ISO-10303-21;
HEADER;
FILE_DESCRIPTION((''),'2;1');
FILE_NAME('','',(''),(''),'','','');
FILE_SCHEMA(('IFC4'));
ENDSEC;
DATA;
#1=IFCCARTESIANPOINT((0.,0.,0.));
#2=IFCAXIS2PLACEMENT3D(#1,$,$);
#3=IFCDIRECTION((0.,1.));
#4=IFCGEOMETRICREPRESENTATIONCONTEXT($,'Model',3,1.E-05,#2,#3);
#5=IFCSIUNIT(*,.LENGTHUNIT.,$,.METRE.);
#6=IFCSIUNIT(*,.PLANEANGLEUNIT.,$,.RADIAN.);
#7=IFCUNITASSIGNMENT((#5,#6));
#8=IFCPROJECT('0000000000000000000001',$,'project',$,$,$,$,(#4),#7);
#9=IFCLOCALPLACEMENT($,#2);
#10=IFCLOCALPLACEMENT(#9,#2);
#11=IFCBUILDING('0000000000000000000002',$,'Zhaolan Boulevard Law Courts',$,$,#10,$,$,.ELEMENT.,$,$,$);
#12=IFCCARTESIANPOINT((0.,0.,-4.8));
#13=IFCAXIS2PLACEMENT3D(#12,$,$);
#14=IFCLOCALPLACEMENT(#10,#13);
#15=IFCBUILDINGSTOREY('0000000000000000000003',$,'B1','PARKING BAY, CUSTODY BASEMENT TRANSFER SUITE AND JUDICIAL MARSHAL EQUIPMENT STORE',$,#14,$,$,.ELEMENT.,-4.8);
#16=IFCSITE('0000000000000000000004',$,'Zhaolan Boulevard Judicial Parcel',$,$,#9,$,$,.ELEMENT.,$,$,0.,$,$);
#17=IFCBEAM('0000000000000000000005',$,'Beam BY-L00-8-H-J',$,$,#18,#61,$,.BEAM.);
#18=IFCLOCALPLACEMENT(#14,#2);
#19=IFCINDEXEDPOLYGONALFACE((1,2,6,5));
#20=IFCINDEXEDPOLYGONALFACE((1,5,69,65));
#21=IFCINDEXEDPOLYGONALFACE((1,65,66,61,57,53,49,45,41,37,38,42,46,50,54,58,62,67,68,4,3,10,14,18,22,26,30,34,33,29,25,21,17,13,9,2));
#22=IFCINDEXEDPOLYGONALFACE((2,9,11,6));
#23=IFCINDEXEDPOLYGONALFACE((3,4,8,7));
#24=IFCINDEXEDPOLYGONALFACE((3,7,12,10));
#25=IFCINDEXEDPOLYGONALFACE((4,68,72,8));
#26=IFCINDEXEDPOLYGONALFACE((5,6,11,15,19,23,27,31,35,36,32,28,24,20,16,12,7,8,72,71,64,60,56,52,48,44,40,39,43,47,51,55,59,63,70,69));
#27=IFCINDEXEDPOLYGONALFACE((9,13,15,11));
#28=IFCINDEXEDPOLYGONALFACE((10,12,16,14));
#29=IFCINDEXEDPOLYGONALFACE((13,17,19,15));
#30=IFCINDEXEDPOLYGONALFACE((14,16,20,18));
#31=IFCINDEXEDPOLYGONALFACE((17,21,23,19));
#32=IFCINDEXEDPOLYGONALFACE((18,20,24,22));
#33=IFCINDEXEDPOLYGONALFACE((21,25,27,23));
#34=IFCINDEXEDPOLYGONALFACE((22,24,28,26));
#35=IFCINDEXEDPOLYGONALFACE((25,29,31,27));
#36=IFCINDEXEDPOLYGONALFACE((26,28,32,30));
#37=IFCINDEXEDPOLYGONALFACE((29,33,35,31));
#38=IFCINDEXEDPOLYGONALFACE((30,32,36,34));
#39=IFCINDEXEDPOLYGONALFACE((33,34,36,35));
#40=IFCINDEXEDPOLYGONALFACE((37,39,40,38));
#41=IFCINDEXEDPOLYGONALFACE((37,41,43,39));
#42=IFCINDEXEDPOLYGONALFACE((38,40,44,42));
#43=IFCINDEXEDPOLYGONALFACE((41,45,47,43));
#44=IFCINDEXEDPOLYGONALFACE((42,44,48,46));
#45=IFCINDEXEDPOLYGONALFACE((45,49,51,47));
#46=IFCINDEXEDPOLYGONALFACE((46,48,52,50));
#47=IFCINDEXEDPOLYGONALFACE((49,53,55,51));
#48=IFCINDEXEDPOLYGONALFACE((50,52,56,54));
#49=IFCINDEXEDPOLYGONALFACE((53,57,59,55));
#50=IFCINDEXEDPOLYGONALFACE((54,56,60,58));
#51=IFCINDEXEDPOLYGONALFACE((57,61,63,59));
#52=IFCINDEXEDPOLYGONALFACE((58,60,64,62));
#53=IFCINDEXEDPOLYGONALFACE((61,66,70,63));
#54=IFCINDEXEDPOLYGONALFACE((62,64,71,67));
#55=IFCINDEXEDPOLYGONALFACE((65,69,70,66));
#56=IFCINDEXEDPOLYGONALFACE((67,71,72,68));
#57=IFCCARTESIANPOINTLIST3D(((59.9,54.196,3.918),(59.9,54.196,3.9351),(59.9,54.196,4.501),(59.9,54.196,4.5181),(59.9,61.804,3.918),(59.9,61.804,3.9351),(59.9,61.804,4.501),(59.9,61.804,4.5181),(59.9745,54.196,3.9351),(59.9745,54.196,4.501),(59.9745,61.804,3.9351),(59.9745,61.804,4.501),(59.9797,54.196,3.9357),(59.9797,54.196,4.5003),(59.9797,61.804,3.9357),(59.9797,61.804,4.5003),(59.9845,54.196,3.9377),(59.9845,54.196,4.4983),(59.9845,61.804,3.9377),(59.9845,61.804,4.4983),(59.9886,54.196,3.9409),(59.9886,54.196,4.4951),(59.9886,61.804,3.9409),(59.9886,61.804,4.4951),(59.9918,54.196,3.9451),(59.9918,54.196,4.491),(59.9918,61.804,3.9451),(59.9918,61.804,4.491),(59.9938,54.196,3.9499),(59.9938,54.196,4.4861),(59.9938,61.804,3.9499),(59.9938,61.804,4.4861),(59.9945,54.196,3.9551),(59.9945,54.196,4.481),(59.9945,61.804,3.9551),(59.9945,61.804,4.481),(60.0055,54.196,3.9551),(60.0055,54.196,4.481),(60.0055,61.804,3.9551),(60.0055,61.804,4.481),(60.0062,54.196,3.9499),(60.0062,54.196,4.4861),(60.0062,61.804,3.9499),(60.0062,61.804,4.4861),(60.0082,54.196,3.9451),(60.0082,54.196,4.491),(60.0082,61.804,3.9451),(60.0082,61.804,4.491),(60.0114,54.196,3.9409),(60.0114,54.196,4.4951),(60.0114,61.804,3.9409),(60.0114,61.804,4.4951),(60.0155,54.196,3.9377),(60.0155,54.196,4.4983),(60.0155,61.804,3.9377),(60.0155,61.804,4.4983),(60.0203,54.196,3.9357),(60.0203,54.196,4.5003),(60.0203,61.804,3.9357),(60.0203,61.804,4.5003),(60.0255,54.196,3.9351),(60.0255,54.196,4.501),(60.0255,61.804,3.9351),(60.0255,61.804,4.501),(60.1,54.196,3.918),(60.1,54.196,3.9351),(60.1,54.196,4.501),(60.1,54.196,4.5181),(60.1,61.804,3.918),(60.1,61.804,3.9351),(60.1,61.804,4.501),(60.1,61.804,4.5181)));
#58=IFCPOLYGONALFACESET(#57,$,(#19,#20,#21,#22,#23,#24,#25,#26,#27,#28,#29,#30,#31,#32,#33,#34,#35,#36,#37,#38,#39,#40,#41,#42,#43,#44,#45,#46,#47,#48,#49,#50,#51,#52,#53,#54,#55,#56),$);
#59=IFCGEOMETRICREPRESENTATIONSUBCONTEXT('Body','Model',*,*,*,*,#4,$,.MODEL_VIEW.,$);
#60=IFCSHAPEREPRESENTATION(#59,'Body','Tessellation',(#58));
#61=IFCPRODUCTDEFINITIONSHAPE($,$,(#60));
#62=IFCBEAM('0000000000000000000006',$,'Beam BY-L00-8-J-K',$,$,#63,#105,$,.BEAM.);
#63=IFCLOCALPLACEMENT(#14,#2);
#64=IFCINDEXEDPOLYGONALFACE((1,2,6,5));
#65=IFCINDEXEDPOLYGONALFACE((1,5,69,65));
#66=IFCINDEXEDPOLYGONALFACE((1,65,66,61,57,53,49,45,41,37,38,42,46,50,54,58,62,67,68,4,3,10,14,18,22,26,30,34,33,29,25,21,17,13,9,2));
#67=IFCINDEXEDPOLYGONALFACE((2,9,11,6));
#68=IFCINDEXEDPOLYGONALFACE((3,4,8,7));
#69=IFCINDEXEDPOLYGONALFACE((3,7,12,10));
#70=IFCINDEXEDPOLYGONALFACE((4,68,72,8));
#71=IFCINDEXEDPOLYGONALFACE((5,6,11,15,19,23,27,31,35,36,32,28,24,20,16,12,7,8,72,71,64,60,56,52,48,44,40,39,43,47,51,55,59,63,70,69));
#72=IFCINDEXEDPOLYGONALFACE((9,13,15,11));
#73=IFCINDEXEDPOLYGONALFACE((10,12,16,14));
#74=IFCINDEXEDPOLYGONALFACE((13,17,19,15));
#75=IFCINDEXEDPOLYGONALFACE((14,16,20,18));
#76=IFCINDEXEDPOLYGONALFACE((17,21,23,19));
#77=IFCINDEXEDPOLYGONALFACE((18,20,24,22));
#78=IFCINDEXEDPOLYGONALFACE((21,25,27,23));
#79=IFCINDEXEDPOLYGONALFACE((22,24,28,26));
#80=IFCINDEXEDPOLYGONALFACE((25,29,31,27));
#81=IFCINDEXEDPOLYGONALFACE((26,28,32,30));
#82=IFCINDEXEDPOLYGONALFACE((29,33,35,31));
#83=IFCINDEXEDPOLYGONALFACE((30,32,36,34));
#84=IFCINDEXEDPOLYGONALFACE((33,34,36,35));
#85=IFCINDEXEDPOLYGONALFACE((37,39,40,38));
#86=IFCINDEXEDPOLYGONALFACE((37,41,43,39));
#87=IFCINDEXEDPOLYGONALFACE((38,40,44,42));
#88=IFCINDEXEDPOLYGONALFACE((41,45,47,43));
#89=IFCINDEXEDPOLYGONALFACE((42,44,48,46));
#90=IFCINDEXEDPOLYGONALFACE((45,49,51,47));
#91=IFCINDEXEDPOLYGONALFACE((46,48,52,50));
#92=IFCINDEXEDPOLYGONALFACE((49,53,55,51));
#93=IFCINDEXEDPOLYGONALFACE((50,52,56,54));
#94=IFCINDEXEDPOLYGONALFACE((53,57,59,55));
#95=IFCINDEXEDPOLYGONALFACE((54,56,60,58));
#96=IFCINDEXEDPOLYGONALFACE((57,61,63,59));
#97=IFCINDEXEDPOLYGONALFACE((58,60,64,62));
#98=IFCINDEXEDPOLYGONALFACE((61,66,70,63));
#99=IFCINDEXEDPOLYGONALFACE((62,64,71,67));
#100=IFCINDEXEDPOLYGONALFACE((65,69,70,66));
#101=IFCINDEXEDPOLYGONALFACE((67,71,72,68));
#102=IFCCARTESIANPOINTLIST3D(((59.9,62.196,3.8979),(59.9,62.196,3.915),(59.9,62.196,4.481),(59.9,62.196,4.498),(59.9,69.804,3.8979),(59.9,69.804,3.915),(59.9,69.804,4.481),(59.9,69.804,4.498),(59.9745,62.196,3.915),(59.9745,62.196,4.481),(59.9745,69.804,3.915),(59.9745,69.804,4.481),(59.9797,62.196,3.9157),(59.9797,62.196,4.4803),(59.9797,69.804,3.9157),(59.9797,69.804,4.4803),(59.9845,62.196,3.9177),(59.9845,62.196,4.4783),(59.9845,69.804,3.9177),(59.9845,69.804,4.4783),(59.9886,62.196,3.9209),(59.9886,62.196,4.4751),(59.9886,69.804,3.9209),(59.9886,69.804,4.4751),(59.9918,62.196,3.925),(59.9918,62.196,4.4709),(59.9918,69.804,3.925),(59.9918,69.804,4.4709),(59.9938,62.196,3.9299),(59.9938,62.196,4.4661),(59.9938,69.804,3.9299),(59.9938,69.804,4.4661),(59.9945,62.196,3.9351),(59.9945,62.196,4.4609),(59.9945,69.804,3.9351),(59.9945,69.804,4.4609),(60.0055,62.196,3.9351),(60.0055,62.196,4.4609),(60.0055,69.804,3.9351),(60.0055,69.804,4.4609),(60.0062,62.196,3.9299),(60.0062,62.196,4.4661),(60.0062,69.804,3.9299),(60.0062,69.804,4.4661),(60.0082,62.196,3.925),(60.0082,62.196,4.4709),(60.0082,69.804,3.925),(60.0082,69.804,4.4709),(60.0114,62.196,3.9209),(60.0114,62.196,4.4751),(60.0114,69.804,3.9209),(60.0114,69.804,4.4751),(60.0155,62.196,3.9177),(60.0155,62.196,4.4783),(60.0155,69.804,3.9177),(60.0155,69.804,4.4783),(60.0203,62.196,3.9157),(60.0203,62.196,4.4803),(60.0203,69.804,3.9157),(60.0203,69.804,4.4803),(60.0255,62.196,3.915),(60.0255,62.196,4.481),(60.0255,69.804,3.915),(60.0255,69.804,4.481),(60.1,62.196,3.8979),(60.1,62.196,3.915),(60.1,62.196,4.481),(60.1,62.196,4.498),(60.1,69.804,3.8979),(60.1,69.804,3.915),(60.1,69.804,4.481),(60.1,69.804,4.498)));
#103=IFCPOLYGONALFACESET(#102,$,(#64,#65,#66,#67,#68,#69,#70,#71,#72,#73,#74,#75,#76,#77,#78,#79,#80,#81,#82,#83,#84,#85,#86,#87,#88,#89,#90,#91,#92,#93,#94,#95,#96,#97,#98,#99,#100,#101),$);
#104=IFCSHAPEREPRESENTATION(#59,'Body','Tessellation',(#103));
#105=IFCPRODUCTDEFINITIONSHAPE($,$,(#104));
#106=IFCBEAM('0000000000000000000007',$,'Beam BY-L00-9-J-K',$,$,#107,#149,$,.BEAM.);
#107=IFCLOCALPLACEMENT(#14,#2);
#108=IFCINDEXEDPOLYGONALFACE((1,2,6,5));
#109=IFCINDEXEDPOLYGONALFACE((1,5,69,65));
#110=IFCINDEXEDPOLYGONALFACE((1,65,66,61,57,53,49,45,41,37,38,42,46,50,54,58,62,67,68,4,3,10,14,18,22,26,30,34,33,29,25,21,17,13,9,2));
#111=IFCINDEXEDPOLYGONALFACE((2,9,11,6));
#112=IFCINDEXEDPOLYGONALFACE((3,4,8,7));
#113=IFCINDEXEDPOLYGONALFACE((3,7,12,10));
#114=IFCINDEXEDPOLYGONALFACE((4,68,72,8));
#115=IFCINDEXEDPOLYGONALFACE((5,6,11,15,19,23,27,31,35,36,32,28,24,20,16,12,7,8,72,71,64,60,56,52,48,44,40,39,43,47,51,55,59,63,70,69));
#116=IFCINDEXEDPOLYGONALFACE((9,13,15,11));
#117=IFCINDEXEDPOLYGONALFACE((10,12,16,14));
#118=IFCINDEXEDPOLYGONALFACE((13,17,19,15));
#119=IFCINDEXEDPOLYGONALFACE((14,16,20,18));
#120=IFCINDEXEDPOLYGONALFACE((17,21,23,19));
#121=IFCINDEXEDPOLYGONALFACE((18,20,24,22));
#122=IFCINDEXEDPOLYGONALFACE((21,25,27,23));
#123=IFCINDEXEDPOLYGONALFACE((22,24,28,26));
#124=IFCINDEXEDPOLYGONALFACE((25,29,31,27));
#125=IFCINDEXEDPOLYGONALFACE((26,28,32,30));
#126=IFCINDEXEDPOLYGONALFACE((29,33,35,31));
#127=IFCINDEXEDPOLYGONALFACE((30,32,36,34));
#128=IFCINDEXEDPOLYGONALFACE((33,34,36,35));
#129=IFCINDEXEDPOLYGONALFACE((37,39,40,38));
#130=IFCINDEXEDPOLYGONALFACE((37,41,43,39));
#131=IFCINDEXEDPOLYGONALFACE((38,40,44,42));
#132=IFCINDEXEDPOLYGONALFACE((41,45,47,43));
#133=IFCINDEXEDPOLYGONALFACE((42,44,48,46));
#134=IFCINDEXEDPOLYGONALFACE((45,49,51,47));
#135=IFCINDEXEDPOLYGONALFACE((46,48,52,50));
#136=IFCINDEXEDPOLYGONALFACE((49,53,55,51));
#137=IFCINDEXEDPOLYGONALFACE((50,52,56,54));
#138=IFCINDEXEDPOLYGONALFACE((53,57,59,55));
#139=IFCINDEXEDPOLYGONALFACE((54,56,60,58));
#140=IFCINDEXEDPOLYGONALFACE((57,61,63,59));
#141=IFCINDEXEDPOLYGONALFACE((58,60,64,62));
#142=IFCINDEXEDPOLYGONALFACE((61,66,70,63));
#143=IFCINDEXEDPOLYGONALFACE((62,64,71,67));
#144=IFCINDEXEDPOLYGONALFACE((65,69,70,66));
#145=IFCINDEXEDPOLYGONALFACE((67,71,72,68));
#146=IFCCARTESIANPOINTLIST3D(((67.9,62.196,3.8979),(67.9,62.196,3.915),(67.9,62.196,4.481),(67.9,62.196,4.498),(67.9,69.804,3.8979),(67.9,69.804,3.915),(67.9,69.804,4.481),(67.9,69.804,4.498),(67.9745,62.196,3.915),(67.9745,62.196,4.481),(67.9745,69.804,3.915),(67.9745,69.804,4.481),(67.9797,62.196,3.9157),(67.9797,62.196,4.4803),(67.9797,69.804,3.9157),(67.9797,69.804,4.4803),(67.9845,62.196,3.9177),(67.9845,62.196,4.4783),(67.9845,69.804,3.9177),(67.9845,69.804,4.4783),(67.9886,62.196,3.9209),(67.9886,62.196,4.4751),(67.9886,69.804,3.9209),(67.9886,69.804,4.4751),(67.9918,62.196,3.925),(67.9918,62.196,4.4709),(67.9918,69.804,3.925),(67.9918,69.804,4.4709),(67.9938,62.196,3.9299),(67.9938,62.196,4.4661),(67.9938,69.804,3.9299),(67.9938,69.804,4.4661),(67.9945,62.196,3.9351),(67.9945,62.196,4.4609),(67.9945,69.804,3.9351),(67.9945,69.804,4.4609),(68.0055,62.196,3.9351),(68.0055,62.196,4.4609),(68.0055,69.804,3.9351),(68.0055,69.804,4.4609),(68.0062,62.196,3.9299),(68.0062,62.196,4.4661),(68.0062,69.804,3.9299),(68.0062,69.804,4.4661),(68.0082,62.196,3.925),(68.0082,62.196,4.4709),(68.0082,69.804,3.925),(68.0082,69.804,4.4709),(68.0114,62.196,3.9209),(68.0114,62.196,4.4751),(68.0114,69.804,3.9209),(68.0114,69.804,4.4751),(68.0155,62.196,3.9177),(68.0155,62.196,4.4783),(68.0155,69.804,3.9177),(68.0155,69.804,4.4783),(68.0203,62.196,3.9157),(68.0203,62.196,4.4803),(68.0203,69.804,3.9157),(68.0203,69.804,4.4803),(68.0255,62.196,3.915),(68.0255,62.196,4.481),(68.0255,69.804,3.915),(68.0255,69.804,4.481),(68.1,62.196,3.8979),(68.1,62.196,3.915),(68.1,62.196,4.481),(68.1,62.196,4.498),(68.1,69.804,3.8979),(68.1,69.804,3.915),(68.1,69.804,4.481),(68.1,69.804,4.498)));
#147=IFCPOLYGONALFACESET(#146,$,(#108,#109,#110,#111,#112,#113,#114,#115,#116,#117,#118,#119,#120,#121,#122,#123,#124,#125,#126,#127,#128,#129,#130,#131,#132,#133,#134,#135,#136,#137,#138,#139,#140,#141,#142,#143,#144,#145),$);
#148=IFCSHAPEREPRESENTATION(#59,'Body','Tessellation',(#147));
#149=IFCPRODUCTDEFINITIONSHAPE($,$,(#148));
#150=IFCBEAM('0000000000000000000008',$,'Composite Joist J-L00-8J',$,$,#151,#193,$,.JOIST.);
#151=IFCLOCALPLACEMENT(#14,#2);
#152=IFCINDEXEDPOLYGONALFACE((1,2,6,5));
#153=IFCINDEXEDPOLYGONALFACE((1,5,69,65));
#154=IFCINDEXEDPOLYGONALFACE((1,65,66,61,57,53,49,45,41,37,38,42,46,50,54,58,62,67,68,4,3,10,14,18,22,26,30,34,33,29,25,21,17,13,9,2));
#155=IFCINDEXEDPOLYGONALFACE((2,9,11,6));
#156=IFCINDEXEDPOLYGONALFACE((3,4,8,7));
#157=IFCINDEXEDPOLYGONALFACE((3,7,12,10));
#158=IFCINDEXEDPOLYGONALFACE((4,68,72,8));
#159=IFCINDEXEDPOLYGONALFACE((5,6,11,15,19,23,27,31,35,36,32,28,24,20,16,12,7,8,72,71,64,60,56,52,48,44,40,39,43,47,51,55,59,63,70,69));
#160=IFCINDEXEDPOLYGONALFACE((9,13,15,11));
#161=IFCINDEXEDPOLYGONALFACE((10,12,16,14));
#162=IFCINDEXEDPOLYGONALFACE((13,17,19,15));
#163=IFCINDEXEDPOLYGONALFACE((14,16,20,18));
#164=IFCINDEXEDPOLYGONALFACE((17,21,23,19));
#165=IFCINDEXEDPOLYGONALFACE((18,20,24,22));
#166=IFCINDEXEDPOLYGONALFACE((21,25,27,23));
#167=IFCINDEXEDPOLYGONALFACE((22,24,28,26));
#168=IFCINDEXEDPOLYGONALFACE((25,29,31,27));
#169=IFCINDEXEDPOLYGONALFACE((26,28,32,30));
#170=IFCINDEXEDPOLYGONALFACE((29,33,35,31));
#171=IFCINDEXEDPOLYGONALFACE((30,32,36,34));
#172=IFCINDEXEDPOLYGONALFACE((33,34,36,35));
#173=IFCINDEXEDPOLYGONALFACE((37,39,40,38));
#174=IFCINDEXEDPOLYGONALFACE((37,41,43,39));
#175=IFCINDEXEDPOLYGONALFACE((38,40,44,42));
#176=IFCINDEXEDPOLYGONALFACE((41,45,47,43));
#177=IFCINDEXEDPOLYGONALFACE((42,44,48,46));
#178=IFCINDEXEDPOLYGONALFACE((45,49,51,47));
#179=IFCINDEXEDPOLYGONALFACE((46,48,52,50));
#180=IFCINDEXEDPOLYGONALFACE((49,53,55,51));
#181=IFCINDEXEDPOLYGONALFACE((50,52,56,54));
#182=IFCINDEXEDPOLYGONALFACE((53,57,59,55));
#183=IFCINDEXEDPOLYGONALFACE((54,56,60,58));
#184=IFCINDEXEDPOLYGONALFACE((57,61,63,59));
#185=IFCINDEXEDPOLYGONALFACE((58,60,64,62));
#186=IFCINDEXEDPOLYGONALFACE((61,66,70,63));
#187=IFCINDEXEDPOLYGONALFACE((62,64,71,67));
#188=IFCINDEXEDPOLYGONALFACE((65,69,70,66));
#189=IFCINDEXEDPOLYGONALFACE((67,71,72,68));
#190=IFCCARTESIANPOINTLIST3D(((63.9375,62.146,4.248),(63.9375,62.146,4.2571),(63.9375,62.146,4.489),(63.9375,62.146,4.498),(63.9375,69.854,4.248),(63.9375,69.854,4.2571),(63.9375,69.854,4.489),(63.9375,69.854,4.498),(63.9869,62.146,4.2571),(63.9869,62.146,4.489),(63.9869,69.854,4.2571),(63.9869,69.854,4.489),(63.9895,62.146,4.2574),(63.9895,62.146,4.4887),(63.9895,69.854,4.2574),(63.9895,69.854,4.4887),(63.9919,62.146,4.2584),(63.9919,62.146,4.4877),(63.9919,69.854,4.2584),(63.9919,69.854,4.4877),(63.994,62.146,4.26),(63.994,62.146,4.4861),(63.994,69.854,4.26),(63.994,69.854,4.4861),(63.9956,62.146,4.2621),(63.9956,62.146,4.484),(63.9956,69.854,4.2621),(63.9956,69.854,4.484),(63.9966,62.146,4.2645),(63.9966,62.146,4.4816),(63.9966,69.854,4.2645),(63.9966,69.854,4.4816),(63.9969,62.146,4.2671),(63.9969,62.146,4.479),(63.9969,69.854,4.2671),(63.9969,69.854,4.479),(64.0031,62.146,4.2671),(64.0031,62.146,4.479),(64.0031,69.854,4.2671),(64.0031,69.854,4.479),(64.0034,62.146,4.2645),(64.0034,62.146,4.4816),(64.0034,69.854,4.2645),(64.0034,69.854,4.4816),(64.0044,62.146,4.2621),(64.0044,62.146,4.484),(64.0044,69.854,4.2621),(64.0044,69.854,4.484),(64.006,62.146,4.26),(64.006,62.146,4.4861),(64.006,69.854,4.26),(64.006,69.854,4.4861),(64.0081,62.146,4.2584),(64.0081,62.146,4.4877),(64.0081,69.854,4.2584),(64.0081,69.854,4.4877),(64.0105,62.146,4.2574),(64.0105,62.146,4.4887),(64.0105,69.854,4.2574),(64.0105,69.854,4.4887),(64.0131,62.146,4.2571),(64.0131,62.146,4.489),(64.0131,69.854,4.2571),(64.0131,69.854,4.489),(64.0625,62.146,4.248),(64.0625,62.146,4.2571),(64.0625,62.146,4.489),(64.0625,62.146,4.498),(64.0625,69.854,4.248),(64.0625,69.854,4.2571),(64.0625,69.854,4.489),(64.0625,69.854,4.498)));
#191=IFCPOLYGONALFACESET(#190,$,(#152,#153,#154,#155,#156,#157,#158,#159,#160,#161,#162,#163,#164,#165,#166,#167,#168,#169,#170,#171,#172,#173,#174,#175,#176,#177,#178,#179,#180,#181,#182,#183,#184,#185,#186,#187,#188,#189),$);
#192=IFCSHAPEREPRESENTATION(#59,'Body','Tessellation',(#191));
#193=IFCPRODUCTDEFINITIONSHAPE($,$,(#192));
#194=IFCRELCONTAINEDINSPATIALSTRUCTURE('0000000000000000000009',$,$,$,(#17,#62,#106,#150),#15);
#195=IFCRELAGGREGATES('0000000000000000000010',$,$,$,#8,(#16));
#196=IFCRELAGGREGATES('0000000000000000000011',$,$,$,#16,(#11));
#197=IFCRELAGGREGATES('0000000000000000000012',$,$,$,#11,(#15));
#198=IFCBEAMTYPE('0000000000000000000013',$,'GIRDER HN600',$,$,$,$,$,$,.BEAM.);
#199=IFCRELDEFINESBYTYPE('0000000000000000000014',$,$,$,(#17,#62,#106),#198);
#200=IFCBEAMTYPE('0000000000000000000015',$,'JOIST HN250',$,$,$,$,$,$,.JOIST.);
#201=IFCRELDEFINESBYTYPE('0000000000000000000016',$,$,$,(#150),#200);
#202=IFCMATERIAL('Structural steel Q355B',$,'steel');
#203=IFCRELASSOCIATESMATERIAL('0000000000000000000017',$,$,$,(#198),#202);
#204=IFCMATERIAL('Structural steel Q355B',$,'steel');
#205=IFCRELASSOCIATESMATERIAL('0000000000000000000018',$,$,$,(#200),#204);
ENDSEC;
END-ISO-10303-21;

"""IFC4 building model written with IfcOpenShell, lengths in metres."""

from ifc_helpers import new_model, si_unit, direction, frame, origin, origin_2d, place, context, subcontext, project, spatial, i_section, extrude, material, material_profile, profile_set, type_object, element, save


model = new_model("IFC4")

# Units and contexts
model_context = context("Model", 3, precision=1e-05, world=origin(), true_north=direction((0.0, 1.0)))
body_context = subcontext(model_context, "Body", "Model", "MODEL_VIEW")
ifc_project = project(units=[si_unit("LENGTHUNIT", "METRE"), si_unit("PLANEANGLEUNIT", "RADIAN")], contexts=[model_context])

# Site, building, storey
site_placement = place(None, origin())
site = spatial("IfcSite", under=ifc_project, at=site_placement, Name="Zhaolan Boulevard Judicial Parcel", CompositionType="ELEMENT", RefElevation=0.0)
building_placement = place(site_placement, origin())
building = spatial("IfcBuilding", under=site, at=building_placement, Name="Zhaolan Boulevard Law Courts", CompositionType="ELEMENT")
storey_placement = place(building_placement, frame((0.0, 0.0, -4.8)))
storey = spatial("IfcBuildingStorey", under=building, at=storey_placement, Name="B1", Description="PARKING BAY, CUSTODY BASEMENT TRANSFER SUITE AND JUDICIAL MARSHAL EQUIPMENT STORE", CompositionType="ELEMENT", Elevation=-4.8)

# Beams
ifc_material_1 = material(Name="Structural steel Q355B", Category="steel")
ifc_material_profile_1 = material_profile(ifc_material_1, i_section(OverallWidth=0.2, OverallDepth=0.6001, WebThickness=0.011, FlangeThickness=0.0171, FilletRadius=0.02, at=origin_2d()), Name="HN600x200")
ifc_profile_set_1 = profile_set([ifc_material_profile_1], Name="Structural steel Q355B")
beam_type_1 = type_object("IfcBeamType", Name="GIRDER HN600", PredefinedType="BEAM", material=ifc_profile_set_1)
for number, where, z_axis, x_axis, name in (
    (1, (60.0, 54.196, 4.218), (0.0, 1.0, 0.0), (-1.0, 0.0, 0.0), "Beam BY-L00-8-H-J"),
    (2, (60.0, 62.196, 4.198), (0.0, 1.0, 0.0), (-1.0, 0.0, 0.0), "Beam BY-L00-8-J-K"),
    (3, (68.0, 62.196, 4.198), (0.0, 1.0, 0.0), (-1.0, 0.0, 0.0), "Beam BY-L00-9-J-K"),
):
    element("IfcBeam", number, at=place(storey_placement, frame(where, z_axis=z_axis, x_axis=x_axis)), inside=storey, type_object=beam_type_1, Name=name, PredefinedType="BEAM", context=body_context, shape_type="SweptSolid", body=[
        extrude(i_section(OverallWidth=0.2, OverallDepth=0.6001, WebThickness=0.011, FlangeThickness=0.0171, FilletRadius=0.02, at=origin_2d()), origin(), (0.0, 0.0, 1.0), 7.6079),
    ])
ifc_material_2 = material(Name="Structural steel Q355B", Category="steel")
ifc_material_profile_2 = material_profile(ifc_material_2, i_section(OverallWidth=0.125, OverallDepth=0.25, WebThickness=0.0061, FlangeThickness=0.009, FilletRadius=0.01, at=origin_2d()), Name="HN250x125")
ifc_profile_set_2 = profile_set([ifc_material_profile_2], Name="Structural steel Q355B")
beam_type_2 = type_object("IfcBeamType", Name="JOIST HN250", PredefinedType="JOIST", material=ifc_profile_set_2)
beam_placement = place(storey_placement, frame((64.0, 62.146, 4.373), z_axis=(0.0, 1.0, 0.0), x_axis=(-1.0, 0.0, 0.0)))
element("IfcBeam", 4, at=beam_placement, inside=storey, type_object=beam_type_2, Name="Composite Joist J-L00-8J", PredefinedType="JOIST", context=body_context, shape_type="SweptSolid", body=[
    extrude(i_section(OverallWidth=0.125, OverallDepth=0.25, WebThickness=0.0061, FlangeThickness=0.009, FilletRadius=0.01, at=origin_2d()), origin(), (0.0, 0.0, 1.0), 7.708),
])

save(model, "model.ifc")
